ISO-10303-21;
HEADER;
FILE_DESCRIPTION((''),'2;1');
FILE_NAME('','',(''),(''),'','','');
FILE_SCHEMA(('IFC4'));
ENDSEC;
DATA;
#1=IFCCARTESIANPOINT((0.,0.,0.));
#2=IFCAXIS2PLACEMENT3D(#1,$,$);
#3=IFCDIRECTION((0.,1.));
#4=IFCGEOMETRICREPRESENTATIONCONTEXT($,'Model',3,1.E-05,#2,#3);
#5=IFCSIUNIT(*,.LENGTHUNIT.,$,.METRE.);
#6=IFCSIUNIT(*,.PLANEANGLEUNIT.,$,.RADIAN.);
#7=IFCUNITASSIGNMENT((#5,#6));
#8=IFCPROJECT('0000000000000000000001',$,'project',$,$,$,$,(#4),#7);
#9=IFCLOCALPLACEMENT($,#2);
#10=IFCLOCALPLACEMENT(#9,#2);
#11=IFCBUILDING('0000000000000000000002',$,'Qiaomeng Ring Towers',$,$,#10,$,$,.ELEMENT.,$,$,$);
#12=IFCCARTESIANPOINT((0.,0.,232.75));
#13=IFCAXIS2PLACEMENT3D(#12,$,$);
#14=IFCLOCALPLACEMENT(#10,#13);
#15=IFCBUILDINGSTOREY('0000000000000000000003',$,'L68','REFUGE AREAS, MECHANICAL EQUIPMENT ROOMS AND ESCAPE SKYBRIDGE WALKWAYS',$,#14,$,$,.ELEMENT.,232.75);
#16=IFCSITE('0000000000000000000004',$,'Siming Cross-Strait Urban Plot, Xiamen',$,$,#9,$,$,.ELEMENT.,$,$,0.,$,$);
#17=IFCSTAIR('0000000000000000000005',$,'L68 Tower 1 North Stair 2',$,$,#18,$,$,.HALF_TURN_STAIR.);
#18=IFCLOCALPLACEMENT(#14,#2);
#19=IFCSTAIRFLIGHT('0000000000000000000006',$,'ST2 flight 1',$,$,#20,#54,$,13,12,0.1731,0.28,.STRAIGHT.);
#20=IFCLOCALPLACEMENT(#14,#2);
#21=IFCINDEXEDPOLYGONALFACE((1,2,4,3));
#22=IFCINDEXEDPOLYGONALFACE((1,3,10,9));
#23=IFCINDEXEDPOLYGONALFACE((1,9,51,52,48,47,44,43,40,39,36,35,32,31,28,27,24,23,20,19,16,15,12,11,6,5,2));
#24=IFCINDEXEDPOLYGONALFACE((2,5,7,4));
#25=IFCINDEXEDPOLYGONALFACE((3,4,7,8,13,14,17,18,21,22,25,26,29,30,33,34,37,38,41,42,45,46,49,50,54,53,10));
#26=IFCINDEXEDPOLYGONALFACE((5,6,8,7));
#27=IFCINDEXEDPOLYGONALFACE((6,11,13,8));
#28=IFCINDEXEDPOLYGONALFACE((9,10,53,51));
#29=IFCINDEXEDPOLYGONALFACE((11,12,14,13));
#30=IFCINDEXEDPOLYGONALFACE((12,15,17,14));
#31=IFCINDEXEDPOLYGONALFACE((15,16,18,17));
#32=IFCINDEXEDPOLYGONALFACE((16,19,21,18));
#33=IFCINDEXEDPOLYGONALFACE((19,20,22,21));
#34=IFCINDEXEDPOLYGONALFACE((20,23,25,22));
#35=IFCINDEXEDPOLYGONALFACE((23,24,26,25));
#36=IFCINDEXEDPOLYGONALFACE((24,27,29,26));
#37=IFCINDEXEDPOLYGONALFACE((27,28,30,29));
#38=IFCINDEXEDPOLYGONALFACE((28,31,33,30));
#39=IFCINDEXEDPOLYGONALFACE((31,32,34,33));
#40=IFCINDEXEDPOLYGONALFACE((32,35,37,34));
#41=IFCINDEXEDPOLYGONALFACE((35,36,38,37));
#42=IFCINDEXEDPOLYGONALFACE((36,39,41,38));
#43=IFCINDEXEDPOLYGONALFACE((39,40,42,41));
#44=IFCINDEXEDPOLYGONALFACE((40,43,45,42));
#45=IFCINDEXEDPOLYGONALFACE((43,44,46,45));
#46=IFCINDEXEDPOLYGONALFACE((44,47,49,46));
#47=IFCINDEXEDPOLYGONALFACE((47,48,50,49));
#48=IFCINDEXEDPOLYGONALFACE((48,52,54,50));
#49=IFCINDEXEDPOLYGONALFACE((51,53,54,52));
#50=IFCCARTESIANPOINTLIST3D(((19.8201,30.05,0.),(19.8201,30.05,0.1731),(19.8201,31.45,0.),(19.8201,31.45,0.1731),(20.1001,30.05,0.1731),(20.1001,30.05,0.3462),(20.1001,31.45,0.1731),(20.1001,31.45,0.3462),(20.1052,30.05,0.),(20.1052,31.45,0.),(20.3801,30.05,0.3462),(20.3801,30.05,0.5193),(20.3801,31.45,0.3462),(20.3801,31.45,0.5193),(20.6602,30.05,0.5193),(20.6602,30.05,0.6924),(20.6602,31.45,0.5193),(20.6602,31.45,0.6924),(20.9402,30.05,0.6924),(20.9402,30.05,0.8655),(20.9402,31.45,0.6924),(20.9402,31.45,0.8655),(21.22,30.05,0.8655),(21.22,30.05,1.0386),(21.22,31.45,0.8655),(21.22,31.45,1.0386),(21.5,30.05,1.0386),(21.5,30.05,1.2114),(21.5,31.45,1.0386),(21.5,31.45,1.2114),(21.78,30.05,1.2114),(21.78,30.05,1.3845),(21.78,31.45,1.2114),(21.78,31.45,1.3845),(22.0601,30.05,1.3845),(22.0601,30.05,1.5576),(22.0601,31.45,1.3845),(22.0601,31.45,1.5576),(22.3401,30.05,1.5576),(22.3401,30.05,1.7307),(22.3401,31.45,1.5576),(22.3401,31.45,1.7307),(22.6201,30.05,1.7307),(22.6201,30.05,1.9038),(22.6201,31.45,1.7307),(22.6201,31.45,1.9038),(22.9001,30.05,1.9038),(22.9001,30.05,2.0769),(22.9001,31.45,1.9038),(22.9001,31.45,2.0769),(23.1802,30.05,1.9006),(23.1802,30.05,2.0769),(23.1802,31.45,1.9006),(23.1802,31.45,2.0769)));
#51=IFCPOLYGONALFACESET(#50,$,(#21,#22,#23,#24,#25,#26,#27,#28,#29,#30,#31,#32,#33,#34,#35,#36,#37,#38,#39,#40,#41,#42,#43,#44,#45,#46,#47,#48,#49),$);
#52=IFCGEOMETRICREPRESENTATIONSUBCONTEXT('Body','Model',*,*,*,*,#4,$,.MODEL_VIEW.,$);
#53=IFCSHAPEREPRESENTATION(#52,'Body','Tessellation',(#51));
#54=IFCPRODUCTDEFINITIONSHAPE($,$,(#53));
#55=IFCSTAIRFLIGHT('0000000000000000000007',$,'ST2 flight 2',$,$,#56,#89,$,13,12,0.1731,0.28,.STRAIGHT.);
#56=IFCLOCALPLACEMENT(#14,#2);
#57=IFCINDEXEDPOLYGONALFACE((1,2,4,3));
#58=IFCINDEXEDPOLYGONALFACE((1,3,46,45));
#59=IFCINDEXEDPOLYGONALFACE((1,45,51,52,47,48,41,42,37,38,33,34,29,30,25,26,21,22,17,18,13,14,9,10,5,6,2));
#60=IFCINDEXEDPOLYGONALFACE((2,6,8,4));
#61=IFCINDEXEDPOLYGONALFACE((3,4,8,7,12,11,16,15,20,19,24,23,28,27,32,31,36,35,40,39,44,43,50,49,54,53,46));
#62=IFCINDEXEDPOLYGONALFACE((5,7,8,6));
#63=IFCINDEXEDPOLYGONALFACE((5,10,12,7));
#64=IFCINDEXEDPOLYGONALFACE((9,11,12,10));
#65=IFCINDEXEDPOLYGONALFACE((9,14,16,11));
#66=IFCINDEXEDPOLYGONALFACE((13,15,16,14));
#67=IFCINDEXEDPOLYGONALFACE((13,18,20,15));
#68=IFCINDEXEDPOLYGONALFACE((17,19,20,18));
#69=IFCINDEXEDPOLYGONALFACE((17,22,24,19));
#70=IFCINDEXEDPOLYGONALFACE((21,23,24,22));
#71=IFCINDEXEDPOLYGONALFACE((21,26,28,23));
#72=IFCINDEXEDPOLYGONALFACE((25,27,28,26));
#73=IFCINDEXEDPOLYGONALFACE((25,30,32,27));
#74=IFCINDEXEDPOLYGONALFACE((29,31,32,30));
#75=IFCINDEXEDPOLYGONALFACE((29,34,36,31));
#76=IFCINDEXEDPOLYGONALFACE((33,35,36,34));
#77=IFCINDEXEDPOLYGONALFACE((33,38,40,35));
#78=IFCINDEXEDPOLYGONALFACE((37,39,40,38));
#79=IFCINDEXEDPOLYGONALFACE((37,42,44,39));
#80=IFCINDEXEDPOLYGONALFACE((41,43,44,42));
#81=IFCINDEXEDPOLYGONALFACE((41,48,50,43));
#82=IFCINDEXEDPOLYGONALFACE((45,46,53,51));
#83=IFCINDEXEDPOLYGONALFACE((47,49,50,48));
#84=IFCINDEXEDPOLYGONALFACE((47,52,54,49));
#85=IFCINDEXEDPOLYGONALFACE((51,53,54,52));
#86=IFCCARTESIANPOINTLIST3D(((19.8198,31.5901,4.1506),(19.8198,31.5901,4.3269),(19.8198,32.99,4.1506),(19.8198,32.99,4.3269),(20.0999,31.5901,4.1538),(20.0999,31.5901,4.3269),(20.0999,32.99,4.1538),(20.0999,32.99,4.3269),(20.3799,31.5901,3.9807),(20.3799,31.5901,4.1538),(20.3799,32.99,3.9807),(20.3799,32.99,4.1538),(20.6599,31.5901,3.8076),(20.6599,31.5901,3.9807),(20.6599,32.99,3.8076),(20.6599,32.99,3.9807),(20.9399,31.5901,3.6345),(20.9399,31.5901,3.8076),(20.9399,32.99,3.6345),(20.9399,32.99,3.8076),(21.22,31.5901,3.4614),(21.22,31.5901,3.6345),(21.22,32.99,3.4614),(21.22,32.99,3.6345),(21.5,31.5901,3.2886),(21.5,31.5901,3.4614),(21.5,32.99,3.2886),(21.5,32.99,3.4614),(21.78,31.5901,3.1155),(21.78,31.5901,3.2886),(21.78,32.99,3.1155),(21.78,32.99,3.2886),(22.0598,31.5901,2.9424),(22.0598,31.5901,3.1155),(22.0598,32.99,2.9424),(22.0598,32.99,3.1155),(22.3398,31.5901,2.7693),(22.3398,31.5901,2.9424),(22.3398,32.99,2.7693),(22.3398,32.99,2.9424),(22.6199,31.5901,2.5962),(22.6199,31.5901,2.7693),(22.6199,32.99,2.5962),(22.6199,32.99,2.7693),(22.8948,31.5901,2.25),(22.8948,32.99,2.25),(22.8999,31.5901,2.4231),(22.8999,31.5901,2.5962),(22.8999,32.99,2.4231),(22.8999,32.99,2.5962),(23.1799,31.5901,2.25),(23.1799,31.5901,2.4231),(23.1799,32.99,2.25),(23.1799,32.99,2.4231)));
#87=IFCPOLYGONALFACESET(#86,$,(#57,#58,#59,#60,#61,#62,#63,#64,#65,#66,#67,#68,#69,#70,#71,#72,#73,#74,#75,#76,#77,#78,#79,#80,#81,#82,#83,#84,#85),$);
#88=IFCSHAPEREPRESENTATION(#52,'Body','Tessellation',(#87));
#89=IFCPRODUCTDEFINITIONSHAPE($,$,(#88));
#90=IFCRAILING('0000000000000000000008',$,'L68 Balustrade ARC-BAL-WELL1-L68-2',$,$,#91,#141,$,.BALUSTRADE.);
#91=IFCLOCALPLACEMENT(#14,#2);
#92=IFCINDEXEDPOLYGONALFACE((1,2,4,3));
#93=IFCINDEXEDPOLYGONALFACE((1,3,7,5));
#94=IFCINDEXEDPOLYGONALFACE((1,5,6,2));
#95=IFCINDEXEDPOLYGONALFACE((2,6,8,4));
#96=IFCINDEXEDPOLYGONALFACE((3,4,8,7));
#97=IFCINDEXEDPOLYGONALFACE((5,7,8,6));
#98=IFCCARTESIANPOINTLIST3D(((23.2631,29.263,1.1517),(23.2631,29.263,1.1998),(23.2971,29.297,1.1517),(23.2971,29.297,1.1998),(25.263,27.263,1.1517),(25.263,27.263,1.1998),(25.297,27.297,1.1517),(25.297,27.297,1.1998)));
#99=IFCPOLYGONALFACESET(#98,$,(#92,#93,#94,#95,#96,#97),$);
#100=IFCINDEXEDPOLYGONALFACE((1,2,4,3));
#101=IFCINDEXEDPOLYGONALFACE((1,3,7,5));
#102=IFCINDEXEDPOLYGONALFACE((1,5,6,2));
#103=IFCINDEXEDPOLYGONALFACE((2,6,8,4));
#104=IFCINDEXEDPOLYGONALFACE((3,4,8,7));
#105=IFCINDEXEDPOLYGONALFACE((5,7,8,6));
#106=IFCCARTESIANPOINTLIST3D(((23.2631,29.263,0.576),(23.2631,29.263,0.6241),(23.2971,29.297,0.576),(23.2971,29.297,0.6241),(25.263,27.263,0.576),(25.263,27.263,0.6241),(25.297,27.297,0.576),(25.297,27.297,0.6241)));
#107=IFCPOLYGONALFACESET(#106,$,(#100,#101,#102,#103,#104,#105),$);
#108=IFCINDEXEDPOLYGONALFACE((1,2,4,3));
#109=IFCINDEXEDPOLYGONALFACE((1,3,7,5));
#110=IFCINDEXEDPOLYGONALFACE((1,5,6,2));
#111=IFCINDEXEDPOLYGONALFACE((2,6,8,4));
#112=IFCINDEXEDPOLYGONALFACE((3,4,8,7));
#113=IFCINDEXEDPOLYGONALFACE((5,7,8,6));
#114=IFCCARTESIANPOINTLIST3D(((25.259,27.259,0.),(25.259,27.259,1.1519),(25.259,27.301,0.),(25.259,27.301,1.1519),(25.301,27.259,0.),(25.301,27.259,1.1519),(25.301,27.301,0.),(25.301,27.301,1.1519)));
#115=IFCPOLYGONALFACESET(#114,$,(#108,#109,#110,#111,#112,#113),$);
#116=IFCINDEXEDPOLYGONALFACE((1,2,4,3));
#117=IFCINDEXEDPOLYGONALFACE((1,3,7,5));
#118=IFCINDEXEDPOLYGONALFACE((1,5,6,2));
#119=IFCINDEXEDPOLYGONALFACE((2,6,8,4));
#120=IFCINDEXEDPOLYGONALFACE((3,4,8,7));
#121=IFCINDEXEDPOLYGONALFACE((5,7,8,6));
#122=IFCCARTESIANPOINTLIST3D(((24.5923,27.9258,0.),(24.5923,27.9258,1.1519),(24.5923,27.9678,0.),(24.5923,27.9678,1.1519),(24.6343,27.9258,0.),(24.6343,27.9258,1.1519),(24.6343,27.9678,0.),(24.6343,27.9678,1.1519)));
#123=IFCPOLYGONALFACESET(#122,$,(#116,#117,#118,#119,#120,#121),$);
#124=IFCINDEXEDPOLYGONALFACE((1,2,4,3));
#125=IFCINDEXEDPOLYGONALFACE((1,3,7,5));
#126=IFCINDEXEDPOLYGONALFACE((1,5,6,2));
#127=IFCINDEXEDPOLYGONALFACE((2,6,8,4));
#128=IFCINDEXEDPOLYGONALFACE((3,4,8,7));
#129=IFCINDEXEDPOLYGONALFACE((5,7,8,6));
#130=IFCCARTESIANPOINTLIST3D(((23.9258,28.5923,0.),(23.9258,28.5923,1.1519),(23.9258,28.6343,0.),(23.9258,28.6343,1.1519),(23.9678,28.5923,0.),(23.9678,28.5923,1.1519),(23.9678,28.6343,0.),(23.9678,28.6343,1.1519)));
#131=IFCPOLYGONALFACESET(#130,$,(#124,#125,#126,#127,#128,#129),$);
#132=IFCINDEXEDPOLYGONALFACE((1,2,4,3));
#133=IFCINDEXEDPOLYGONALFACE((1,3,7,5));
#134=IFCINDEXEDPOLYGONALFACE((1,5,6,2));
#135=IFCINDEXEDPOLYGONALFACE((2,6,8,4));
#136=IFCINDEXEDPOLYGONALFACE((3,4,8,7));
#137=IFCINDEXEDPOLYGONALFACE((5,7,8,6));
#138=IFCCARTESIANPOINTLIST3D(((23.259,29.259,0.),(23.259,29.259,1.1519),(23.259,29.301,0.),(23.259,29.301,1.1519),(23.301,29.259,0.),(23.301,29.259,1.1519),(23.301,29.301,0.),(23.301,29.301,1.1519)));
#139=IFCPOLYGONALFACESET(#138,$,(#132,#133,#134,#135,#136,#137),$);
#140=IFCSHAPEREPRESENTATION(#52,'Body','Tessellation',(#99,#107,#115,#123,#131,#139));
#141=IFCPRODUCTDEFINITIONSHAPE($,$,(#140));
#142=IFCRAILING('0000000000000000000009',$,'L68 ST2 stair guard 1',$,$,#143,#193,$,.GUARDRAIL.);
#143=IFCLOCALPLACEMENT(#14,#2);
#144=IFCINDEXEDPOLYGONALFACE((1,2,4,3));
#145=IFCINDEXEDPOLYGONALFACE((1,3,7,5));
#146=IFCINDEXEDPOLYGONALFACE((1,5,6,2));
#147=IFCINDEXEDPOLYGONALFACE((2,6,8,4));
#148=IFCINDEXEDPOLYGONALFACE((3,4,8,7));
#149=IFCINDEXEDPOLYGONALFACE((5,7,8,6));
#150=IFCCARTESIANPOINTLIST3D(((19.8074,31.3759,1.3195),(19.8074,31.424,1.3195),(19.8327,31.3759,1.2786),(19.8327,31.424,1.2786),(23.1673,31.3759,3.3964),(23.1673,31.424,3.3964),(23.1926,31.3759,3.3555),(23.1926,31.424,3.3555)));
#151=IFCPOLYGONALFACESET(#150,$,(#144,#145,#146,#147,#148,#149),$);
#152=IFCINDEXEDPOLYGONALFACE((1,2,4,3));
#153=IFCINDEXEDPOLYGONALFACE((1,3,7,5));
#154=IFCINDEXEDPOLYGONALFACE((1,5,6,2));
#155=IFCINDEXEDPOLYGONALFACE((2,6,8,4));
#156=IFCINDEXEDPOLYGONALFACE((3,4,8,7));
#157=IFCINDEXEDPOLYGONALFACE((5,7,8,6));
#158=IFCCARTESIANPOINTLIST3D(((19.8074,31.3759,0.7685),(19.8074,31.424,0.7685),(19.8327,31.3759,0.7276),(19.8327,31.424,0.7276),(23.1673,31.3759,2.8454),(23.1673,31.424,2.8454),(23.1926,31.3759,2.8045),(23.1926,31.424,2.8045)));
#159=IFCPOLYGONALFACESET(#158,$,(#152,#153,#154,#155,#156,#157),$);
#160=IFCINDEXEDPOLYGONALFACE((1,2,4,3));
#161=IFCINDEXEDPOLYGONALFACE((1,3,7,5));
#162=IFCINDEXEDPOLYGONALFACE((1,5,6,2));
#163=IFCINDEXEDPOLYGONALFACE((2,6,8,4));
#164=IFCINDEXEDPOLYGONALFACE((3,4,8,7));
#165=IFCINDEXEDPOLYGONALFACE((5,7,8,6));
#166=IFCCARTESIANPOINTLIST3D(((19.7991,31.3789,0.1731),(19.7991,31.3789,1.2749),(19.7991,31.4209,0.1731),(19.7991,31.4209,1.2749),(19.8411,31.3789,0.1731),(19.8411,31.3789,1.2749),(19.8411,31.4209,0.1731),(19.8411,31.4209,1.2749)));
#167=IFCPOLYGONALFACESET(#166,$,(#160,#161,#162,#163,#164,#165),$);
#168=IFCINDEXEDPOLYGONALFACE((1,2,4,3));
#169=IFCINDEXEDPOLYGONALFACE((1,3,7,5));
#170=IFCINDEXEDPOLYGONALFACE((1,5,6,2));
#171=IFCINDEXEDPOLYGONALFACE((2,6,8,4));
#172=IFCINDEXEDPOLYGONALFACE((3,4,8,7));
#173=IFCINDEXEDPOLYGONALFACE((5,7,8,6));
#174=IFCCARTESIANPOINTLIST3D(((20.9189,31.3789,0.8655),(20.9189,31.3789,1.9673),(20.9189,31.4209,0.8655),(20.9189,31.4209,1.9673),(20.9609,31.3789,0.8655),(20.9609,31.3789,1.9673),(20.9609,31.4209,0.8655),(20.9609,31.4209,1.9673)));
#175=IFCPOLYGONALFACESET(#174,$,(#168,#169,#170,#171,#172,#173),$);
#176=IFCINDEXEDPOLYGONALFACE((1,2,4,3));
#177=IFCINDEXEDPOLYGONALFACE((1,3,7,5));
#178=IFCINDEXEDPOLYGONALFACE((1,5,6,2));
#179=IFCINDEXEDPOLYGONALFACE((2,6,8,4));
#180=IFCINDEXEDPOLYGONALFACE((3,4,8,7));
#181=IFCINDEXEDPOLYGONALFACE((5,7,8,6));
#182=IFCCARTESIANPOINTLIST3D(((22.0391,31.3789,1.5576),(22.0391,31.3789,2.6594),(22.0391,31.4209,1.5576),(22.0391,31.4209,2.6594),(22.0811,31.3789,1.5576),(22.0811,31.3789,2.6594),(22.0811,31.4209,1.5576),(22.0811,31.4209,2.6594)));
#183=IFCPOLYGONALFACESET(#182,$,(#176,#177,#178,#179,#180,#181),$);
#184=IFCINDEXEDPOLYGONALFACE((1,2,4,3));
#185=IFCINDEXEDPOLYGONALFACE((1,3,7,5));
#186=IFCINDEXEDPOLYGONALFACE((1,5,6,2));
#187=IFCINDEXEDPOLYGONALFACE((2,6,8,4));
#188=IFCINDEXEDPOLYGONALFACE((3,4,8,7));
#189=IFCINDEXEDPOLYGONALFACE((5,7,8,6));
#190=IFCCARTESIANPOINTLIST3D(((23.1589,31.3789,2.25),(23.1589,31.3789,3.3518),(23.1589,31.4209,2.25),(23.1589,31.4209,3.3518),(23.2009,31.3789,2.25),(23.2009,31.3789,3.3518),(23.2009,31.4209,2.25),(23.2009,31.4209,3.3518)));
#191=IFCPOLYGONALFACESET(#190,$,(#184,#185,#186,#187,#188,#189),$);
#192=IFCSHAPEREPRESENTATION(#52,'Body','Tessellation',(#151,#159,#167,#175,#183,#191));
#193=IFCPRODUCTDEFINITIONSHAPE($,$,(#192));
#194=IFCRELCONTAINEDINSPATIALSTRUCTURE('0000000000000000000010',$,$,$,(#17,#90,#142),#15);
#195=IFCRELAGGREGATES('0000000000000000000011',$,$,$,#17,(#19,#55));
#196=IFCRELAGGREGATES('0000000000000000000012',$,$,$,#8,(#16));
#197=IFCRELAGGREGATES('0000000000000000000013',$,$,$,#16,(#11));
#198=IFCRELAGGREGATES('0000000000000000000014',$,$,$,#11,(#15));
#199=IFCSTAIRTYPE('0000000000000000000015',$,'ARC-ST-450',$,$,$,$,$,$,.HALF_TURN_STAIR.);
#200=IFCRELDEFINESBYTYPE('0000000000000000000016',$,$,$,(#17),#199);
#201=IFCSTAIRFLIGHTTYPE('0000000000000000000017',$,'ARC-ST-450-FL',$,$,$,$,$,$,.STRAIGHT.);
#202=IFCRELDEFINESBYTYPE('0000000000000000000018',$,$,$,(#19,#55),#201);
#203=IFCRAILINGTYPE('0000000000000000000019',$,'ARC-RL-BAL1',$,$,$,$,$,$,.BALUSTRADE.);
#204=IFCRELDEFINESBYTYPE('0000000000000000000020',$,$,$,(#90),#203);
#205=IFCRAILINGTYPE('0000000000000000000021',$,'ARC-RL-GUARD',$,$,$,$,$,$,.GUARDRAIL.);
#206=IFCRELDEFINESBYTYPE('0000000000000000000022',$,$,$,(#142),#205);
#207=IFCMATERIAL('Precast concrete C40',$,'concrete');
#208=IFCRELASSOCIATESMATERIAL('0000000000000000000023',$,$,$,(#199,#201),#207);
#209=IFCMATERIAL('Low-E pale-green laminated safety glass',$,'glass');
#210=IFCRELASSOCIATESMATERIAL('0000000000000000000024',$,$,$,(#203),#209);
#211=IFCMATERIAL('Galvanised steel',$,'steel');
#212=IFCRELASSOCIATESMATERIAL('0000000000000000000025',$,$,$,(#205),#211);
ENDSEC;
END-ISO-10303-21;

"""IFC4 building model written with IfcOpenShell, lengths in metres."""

from ifc_helpers import new_model, si_unit, direction, frame, origin, origin_2d, place, context, subcontext, project, spatial, polyline, rectangle, outline, extrude, source, transform, mapped, material, type_object, element, aggregate, save


model = new_model("IFC4")

# Units and contexts
model_context = context("Model", 3, precision=1e-05, world=origin(), true_north=direction((0.0, 1.0)))
body_context = subcontext(model_context, "Body", "Model", "MODEL_VIEW")
ifc_project = project(units=[si_unit("LENGTHUNIT", "METRE"), si_unit("PLANEANGLEUNIT", "RADIAN")], contexts=[model_context])

# Site, building, storey
site_placement = place(None, origin())
site = spatial("IfcSite", under=ifc_project, at=site_placement, Name="Siming Cross-Strait Urban Plot, Xiamen", CompositionType="ELEMENT", RefElevation=0.0)
building_placement = place(site_placement, origin())
building = spatial("IfcBuilding", under=site, at=building_placement, Name="Qiaomeng Ring Towers", CompositionType="ELEMENT")
storey_placement = place(building_placement, frame((0.0, 0.0, 232.75)))
storey = spatial("IfcBuildingStorey", under=building, at=storey_placement, Name="L68", Description="REFUGE AREAS, MECHANICAL EQUIPMENT ROOMS AND ESCAPE SKYBRIDGE WALKWAYS", CompositionType="ELEMENT", Elevation=232.75)

# Shared definitions
ifc_material_1 = material(Name="Galvanised steel", Category="steel")

# Stair, stair flights
ifc_material_2 = material(Name="Precast concrete C40", Category="concrete")
stair_type = type_object("IfcStairType", Name="ARC-ST-450", PredefinedType="HALF_TURN_STAIR", material=ifc_material_2)
stair_placement = place(storey_placement, origin())
stair = element("IfcStair", 1, at=stair_placement, inside=storey, type_object=stair_type, Name="L68 Tower 1 North Stair 2", PredefinedType="HALF_TURN_STAIR")
stair_flight_type = type_object("IfcStairFlightType", Name="ARC-ST-450-FL", PredefinedType="STRAIGHT", material=ifc_material_2)
shared_shape_1 = source(origin(), body_context, "Body", "SweptSolid", [
    extrude(outline(polyline([(0.0, 0.0), (0.0, 0.1731), (0.28, 0.1731), (0.28, 0.3462), (0.5601, 0.3462), (0.5601, 0.5193), (0.8401, 0.5193), (0.8401, 0.6924), (1.1201, 0.6924), (1.1201, 0.8655), (1.3999, 0.8655), (1.3999, 1.0386), (1.6799, 1.0386), (1.6799, 1.2114), (1.96, 1.2114), (1.96, 1.3845), (2.24, 1.3845), (2.24, 1.5576), (2.52, 1.5576), (2.52, 1.7307), (2.8, 1.7307), (2.8, 1.9038), (3.0801, 1.9038), (3.0801, 2.0769), (3.3601, 2.0769), (3.3601, 2.25), (3.3601, 1.9006), (0.2852, 0.0), (0.0, 0.0)])), frame((0.0, 0.7, 0.0), z_axis=(0.0, -1.0, 0.0), x_axis=(1.0, 0.0, 0.0)), (0.0, 0.0, 1.0), 1.3999),
])
stair_flight_1_placement = place(storey_placement, frame((19.8201, 30.75, 0.0), z_axis=(0.0, 0.0, 1.0), x_axis=(1.0, 0.0, 0.0)))
stair_flight_1 = element("IfcStairFlight", 2, at=stair_flight_1_placement, type_object=stair_flight_type, Name="ST2 flight 1", NumberOfRisers=13, NumberOfTreads=12, PredefinedType="STRAIGHT", RiserHeight=0.1731, TreadLength=0.28, context=body_context, shape_type="MappedRepresentation", body=[
    mapped(shared_shape_1, transform((0.0, 0.0, 0.0), x_axis=(1.0, 0.0, 0.0), y_axis=(0.0, 1.0, 0.0), z_axis=(0.0, 0.0, 1.0), scale=1.0)),
])
stair_flight_2_placement = place(storey_placement, frame((23.1799, 32.29, 2.25), z_axis=(0.0, 0.0, 1.0), x_axis=(-1.0, 0.0, 0.0)))
stair_flight_2 = element("IfcStairFlight", 3, at=stair_flight_2_placement, type_object=stair_flight_type, Name="ST2 flight 2", NumberOfRisers=13, NumberOfTreads=12, PredefinedType="STRAIGHT", RiserHeight=0.1731, TreadLength=0.28, context=body_context, shape_type="MappedRepresentation", body=[
    mapped(shared_shape_1, transform((0.0, 0.0, 0.0), x_axis=(1.0, 0.0, 0.0), y_axis=(0.0, 1.0, 0.0), z_axis=(0.0, 0.0, 1.0), scale=1.0)),
])
aggregate(stair, [stair_flight_1, stair_flight_2])

# Railings
ifc_material_3 = material(Name="Low-E pale-green laminated safety glass", Category="glass")
railing_type_1 = type_object("IfcRailingType", Name="ARC-RL-BAL1", PredefinedType="BALUSTRADE", material=ifc_material_3)
railing_1_placement = place(storey_placement, frame((25.28, 27.28, 0.0)))
element("IfcRailing", 4, at=railing_1_placement, inside=storey, type_object=railing_type_1, Name="L68 Balustrade ARC-BAL-WELL1-L68-2", PredefinedType="BALUSTRADE", context=body_context, shape_type="SweptSolid", body=[
    extrude(rectangle(XDim=0.0481, YDim=0.0481, at=origin_2d()), frame((0.0, 0.0, 1.1758), z_axis=(-0.707107, 0.707107, 0.0), x_axis=(-0.707107, -0.707107, 0.0)), (0.0, 0.0, 1.0), 2.8284),
    extrude(rectangle(XDim=0.0481, YDim=0.0481, at=origin_2d()), frame((0.0, 0.0, 0.6001), z_axis=(-0.707107, 0.707107, 0.0), x_axis=(-0.707107, -0.707107, 0.0)), (0.0, 0.0, 1.0), 2.8284),
    extrude(rectangle(XDim=0.042, YDim=0.042, at=origin_2d()), origin(), (0.0, 0.0, 1.0), 1.1519),
    extrude(rectangle(XDim=0.042, YDim=0.042, at=origin_2d()), frame((-0.6667, 0.6667, 0.0)), (0.0, 0.0, 1.0), 1.1519),
    extrude(rectangle(XDim=0.042, YDim=0.042, at=origin_2d()), frame((-1.3333, 1.3333, 0.0)), (0.0, 0.0, 1.0), 1.1519),
    extrude(rectangle(XDim=0.042, YDim=0.042, at=origin_2d()), frame((-2.0, 2.0, 0.0)), (0.0, 0.0, 1.0), 1.1519),
])
railing_type_2 = type_object("IfcRailingType", Name="ARC-RL-GUARD", PredefinedType="GUARDRAIL", material=ifc_material_1)
railing_2_placement = place(storey_placement, frame((19.8201, 31.3999, 0.1731)))
element("IfcRailing", 5, at=railing_2_placement, inside=storey, type_object=railing_type_2, Name="L68 ST2 stair guard 1", PredefinedType="GUARDRAIL", context=body_context, shape_type="SweptSolid", body=[
    extrude(rectangle(XDim=0.0481, YDim=0.0481, at=origin_2d()), frame((0.0, 0.0, 1.126), z_axis=(0.850606, 0.0, 0.525803), x_axis=(0.0, 1.0, 0.0)), (0.0, 0.0, 1.0), 3.95),
    extrude(rectangle(XDim=0.0481, YDim=0.0481, at=origin_2d()), frame((0.0, 0.0, 0.575), z_axis=(0.850606, 0.0, 0.525803), x_axis=(0.0, 1.0, 0.0)), (0.0, 0.0, 1.0), 3.95),
    extrude(rectangle(XDim=0.042, YDim=0.042, at=origin_2d()), origin(), (0.0, 0.0, 1.0), 1.1018),
    extrude(rectangle(XDim=0.042, YDim=0.042, at=origin_2d()), frame((1.1199, 0.0, 0.6924)), (0.0, 0.0, 1.0), 1.1018),
    extrude(rectangle(XDim=0.042, YDim=0.042, at=origin_2d()), frame((2.24, 0.0, 1.3845)), (0.0, 0.0, 1.0), 1.1018),
    extrude(rectangle(XDim=0.042, YDim=0.042, at=origin_2d()), frame((3.3599, 0.0, 2.0769)), (0.0, 0.0, 1.0), 1.1018),
])

save(model, "model.ifc")
